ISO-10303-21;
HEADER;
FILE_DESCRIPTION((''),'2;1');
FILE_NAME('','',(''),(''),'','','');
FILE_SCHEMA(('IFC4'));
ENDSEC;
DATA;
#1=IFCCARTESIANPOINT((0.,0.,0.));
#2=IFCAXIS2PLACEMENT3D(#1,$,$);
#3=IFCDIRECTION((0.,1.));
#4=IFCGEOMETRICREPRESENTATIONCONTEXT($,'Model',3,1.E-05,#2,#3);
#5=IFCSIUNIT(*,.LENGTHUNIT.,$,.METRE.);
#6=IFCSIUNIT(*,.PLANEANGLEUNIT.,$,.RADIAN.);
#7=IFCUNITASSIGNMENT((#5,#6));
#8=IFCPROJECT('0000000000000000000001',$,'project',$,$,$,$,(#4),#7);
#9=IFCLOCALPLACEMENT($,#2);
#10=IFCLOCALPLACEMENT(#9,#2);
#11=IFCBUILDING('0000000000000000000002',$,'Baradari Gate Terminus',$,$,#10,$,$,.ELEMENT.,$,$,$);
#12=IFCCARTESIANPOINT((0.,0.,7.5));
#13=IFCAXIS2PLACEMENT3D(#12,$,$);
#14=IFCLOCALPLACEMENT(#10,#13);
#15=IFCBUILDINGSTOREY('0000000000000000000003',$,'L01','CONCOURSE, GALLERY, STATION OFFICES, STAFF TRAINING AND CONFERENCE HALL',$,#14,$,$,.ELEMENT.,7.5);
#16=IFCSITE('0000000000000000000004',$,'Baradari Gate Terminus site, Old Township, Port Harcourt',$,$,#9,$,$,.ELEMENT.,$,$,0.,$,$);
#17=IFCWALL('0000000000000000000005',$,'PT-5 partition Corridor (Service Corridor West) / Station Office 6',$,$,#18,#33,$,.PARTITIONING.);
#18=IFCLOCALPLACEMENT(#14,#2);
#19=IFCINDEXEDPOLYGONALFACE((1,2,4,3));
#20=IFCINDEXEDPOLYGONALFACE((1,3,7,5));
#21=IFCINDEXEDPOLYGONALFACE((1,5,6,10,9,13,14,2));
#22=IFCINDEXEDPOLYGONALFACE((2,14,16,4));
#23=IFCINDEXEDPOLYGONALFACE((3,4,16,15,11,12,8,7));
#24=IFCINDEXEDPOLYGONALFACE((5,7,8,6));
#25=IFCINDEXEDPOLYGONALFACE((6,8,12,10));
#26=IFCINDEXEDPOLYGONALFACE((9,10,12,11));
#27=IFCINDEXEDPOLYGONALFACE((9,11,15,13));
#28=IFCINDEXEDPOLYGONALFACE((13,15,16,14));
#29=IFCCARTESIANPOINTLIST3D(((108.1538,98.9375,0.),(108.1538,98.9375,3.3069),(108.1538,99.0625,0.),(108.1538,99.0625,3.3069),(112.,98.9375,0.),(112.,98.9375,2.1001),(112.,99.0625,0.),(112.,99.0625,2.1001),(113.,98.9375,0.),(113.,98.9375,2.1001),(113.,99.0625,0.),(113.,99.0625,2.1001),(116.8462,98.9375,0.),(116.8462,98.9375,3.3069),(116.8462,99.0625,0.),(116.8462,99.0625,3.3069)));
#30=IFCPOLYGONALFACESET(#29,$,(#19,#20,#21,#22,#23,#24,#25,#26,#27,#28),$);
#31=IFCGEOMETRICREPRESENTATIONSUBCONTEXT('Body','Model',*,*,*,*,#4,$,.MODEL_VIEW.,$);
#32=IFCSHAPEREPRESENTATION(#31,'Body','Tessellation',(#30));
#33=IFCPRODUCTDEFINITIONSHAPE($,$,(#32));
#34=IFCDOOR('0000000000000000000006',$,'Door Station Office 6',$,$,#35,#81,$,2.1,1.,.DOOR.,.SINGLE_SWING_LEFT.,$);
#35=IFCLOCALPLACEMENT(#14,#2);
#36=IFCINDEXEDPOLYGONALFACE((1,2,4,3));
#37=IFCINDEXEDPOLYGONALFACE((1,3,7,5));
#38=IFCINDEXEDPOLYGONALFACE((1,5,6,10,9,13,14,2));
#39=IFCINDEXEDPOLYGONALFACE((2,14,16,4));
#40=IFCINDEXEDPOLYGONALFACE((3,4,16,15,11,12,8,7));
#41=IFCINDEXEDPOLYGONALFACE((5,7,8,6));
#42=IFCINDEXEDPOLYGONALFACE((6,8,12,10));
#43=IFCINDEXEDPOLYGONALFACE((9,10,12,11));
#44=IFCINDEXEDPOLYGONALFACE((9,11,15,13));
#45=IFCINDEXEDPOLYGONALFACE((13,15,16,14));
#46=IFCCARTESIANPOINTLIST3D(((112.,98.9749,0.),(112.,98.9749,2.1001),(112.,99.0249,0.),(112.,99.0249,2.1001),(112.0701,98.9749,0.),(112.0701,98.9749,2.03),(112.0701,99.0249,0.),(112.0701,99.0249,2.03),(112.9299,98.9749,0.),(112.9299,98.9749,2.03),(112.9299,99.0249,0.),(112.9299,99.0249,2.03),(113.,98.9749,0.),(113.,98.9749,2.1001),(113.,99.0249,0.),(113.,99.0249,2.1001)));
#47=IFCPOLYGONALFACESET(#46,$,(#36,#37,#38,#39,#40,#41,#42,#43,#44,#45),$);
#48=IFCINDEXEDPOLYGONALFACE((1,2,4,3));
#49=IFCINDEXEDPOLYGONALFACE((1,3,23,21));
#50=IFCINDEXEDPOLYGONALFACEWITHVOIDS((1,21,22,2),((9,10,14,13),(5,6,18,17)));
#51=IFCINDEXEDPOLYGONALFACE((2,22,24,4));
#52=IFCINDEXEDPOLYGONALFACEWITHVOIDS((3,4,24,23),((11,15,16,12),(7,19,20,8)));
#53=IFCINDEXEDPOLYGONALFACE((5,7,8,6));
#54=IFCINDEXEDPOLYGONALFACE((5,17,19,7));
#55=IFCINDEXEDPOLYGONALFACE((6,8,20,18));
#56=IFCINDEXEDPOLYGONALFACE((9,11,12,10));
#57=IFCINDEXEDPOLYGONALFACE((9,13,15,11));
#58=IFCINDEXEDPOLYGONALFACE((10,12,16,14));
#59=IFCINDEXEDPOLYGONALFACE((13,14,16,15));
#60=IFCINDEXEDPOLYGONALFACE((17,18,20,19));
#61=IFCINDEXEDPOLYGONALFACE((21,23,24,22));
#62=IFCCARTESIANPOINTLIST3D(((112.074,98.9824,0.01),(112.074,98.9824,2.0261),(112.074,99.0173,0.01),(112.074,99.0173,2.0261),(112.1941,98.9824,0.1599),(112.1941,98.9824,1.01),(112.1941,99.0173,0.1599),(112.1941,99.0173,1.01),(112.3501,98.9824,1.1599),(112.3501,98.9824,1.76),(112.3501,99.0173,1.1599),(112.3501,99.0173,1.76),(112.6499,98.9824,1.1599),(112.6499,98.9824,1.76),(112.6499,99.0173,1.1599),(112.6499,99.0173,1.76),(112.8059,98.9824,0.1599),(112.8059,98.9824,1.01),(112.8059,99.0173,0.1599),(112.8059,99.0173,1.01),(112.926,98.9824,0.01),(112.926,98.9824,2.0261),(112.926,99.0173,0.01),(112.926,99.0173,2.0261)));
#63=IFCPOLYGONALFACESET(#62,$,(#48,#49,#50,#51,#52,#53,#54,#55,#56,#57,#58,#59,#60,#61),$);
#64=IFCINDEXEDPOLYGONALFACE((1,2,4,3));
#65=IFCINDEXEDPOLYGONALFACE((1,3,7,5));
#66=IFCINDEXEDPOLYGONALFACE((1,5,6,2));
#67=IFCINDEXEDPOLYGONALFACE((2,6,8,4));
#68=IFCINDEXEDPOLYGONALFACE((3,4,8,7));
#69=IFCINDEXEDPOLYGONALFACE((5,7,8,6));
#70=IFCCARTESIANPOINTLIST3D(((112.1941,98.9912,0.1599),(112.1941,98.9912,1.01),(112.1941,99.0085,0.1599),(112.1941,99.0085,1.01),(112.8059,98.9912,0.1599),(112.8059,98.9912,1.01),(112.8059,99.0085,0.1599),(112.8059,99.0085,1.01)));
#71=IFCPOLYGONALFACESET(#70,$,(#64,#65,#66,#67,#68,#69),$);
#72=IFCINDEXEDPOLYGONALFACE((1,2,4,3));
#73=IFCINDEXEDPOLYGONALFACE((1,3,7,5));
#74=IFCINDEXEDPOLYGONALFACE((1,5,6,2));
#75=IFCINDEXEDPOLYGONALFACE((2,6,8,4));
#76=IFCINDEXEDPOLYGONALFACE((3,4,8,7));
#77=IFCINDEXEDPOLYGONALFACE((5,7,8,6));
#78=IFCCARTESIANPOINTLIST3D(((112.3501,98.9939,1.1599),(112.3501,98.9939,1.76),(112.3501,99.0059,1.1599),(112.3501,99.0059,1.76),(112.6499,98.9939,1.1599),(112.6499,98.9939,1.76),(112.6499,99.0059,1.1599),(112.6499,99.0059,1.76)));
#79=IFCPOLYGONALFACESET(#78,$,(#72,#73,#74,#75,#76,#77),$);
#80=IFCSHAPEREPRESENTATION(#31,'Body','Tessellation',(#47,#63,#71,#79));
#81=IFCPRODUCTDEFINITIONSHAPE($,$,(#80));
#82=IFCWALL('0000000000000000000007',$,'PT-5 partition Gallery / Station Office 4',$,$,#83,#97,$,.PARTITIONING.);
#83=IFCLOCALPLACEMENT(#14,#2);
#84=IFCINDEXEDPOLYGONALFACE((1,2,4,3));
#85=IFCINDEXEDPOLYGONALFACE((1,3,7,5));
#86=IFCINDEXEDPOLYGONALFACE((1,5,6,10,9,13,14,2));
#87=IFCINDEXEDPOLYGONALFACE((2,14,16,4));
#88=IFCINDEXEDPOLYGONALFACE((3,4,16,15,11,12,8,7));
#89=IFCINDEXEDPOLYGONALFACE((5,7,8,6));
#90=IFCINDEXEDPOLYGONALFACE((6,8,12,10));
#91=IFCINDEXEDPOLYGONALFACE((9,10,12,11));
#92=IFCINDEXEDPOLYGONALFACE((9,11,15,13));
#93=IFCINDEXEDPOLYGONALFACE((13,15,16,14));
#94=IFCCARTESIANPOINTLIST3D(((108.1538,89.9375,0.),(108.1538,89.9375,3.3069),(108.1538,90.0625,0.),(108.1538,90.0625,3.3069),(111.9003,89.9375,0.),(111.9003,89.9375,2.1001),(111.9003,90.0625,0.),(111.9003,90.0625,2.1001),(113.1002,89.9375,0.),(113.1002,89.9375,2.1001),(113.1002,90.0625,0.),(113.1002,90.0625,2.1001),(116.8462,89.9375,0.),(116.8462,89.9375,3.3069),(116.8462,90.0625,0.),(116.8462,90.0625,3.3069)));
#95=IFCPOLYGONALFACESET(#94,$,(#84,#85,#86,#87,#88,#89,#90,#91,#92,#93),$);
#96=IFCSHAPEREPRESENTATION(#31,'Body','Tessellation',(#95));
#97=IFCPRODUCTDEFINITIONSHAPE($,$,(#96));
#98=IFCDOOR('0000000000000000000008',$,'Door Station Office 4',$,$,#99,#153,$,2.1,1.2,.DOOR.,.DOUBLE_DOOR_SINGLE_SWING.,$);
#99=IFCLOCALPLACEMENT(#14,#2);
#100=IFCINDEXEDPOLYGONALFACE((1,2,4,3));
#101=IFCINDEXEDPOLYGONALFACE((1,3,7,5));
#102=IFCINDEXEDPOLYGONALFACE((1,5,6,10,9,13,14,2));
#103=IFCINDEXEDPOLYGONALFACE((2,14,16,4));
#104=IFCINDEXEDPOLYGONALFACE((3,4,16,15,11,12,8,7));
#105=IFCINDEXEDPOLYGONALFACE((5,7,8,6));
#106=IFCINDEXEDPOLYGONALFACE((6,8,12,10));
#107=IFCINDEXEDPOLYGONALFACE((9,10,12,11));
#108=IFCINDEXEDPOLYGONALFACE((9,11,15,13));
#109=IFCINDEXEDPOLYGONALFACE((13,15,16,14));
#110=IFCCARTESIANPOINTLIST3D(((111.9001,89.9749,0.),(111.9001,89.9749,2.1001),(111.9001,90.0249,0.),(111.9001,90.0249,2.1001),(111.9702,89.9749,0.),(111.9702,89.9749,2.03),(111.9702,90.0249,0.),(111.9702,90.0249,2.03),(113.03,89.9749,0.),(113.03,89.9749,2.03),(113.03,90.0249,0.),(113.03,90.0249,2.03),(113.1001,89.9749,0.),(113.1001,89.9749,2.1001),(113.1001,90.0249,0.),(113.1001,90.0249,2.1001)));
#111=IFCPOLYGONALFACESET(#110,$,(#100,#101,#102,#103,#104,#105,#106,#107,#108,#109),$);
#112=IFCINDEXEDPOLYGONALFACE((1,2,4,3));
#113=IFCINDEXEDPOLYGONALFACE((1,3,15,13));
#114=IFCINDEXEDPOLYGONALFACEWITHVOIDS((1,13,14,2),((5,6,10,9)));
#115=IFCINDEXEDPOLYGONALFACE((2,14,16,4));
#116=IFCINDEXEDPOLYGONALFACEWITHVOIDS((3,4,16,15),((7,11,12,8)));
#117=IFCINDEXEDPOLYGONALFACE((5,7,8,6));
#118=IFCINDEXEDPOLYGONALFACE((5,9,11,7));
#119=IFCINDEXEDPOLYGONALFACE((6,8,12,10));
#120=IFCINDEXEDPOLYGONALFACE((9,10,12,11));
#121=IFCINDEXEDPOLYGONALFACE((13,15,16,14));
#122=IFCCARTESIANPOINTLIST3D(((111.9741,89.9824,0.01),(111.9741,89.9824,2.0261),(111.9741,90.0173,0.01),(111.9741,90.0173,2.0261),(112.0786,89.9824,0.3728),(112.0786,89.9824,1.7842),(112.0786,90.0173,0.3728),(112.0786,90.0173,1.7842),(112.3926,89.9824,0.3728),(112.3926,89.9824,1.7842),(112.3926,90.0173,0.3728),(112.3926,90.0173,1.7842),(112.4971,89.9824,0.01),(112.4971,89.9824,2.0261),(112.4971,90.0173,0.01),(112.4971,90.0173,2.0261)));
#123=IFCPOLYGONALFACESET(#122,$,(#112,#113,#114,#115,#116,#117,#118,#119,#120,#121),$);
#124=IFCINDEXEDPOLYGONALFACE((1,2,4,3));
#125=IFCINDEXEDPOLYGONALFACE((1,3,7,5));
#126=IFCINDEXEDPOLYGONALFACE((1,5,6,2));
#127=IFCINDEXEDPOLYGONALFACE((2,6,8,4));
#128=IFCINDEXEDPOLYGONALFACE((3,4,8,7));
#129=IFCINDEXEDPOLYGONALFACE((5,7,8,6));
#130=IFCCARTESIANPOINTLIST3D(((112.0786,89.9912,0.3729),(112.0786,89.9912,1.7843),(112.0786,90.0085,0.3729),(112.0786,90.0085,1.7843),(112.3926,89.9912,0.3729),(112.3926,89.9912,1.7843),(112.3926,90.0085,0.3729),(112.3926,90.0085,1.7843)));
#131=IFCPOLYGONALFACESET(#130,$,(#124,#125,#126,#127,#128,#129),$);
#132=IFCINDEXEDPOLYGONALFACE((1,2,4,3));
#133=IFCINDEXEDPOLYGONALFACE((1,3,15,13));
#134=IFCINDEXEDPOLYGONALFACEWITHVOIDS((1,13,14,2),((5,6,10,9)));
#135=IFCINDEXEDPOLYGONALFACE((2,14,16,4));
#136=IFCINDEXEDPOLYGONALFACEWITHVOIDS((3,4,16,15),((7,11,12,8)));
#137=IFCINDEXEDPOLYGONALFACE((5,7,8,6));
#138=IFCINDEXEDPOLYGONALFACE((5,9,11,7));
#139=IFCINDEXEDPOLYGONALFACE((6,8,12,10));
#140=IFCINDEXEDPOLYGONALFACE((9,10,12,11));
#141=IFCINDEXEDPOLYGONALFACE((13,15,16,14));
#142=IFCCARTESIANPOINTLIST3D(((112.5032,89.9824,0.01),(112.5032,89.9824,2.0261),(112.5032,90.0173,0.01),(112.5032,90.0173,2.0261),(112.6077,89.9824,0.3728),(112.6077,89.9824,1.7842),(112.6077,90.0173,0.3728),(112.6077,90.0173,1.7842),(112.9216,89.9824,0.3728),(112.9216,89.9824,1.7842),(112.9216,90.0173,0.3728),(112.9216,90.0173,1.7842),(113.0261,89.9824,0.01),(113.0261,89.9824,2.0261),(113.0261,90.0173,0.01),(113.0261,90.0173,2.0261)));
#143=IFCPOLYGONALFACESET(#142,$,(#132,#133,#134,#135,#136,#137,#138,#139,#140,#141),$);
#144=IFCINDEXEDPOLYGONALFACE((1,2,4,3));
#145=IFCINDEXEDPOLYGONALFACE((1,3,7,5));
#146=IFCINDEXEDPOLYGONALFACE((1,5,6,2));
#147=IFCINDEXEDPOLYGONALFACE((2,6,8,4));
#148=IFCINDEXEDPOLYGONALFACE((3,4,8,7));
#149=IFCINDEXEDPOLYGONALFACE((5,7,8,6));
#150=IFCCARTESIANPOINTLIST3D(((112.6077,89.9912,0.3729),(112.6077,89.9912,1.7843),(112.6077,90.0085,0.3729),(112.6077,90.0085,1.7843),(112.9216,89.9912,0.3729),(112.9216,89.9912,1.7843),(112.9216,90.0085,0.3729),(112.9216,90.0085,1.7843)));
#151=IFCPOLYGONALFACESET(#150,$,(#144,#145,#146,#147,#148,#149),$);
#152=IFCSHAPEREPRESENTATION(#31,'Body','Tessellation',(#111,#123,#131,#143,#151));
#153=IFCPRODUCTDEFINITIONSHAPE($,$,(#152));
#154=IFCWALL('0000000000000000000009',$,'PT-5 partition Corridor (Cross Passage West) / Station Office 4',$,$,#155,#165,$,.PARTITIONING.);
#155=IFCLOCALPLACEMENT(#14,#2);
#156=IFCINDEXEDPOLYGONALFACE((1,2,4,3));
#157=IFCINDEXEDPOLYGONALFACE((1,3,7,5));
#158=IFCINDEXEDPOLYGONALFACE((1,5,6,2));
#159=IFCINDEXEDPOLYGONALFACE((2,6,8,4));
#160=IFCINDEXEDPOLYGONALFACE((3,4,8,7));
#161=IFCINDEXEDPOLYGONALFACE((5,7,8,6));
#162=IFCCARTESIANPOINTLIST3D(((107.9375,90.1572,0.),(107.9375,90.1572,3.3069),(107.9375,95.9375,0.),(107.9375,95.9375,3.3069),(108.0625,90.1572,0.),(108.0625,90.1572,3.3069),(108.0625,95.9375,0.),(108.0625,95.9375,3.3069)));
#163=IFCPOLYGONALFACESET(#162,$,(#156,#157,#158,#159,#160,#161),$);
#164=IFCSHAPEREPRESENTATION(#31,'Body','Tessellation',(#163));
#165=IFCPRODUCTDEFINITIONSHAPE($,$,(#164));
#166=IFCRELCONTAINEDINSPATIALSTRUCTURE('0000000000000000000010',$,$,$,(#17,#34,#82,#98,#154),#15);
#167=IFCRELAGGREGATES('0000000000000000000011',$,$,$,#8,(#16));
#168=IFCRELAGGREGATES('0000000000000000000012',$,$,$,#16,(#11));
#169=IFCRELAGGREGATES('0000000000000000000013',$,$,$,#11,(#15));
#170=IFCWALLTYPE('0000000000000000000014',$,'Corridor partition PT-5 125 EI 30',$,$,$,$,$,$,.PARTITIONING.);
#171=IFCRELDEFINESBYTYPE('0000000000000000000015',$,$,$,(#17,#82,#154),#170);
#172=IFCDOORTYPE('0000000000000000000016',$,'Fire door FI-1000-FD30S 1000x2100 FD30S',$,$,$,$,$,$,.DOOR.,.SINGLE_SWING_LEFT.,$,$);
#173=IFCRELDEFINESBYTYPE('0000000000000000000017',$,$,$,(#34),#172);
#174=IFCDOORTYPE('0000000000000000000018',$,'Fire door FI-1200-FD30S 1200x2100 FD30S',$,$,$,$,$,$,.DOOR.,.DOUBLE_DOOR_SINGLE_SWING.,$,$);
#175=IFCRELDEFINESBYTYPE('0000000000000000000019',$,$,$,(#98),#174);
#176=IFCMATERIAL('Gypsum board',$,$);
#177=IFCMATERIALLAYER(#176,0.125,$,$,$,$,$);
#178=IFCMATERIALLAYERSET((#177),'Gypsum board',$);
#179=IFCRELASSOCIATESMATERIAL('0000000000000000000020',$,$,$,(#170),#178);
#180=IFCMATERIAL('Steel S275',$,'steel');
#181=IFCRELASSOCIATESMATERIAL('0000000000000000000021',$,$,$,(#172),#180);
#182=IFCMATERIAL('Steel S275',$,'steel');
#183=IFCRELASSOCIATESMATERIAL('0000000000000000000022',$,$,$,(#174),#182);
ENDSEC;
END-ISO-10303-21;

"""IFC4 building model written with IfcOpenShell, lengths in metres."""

from ifc_helpers import new_model, si_unit, direction, frame, frame_2d, origin, place, context, subcontext, project, spatial, polyline, rectangle, outline, extrude, material, layer, layer_set, type_object, element, fill, save


model = new_model("IFC4")

# Units and contexts
model_context = context("Model", 3, precision=1e-05, world=origin(), true_north=direction((0.0, 1.0)))
body_context = subcontext(model_context, "Body", "Model", "MODEL_VIEW")
ifc_project = project(units=[si_unit("LENGTHUNIT", "METRE"), si_unit("PLANEANGLEUNIT", "RADIAN")], contexts=[model_context])

# Site, building, storey
site_placement = place(None, origin())
site = spatial("IfcSite", under=ifc_project, at=site_placement, Name="Baradari Gate Terminus site, Old Township, Port Harcourt", CompositionType="ELEMENT", RefElevation=0.0)
building_placement = place(site_placement, origin())
building = spatial("IfcBuilding", under=site, at=building_placement, Name="Baradari Gate Terminus", CompositionType="ELEMENT")
storey_placement = place(building_placement, frame((0.0, 0.0, 7.5)))
storey = spatial("IfcBuildingStorey", under=building, at=storey_placement, Name="L01", Description="CONCOURSE, GALLERY, STATION OFFICES, STAFF TRAINING AND CONFERENCE HALL", CompositionType="ELEMENT", Elevation=7.5)

# Walls, openings, doors
ifc_material_1 = material(Name="Gypsum board")
ifc_layer = layer(ifc_material_1, 0.125)
ifc_layer_set = layer_set([ifc_layer], Name="Gypsum board")
wall_type = type_object("IfcWallType", Name="Corridor partition PT-5 125 EI 30", PredefinedType="PARTITIONING", material=ifc_layer_set)
wall_1_placement = place(storey_placement, frame((108.1538, 99.0, 0.0), z_axis=(0.0, 0.0, 1.0), x_axis=(1.0, 0.0, 0.0)))
wall_1 = element("IfcWall", 1, at=wall_1_placement, inside=storey, type_object=wall_type, Name="PT-5 partition Corridor (Service Corridor West) / Station Office 6", PredefinedType="PARTITIONING", context=body_context, shape_type="SweptSolid", body=[
    extrude(rectangle(XDim=8.6924, YDim=0.125, at=frame_2d((4.3462, 0.0))), origin(), (0.0, 0.0, 1.0), 3.3069),
])
opening_1_placement = place(wall_1_placement, frame((3.8462, 0.0, 0.0)))
opening_1 = element("IfcOpeningElement", 2, at=opening_1_placement, cuts=wall_1, PredefinedType="OPENING", context=body_context, shape_type="SweptSolid", body=[
    extrude(rectangle(XDim=1.0, YDim=2.1001, at=frame_2d((0.5, 1.05))), frame((0.0, 0.0725, 0.0), z_axis=(0.0, -1.0, 0.0), x_axis=(1.0, 0.0, 0.0)), (0.0, 0.0, 1.0), 0.145),
])
ifc_material_2 = material(Name="Steel S275", Category="steel")
door_type_1 = type_object("IfcDoorType", Name="Fire door FI-1000-FD30S 1000x2100 FD30S", OperationType="SINGLE_SWING_LEFT", PredefinedType="DOOR", material=ifc_material_2)
door_1_placement = place(opening_1_placement, origin())
door_1 = element("IfcDoor", 3, at=door_1_placement, inside=storey, type_object=door_type_1, Name="Door Station Office 6", OperationType="SINGLE_SWING_LEFT", OverallHeight=2.1, OverallWidth=1.0, PredefinedType="DOOR", context=body_context, shape_type="SweptSolid", body=[
    extrude(outline(polyline([(0.0, 0.0), (0.0701, 0.0), (0.0701, 2.03), (0.9299, 2.03), (0.9299, 0.0), (1.0, 0.0), (1.0, 2.1001), (0.0, 2.1001), (0.0, 0.0)])), frame((0.0, 0.0249, 0.0), z_axis=(0.0, -1.0, 0.0), x_axis=(1.0, 0.0, 0.0)), (0.0, 0.0, 1.0), 0.05),
    extrude(outline(polyline([(0.074, 0.01), (0.926, 0.01), (0.926, 2.0261), (0.074, 2.0261), (0.074, 0.01)]), holes=[polyline([(0.1941, 0.1599), (0.8059, 0.1599), (0.8059, 1.01), (0.1941, 1.01), (0.1941, 0.1599)]), polyline([(0.3501, 1.1599), (0.6499, 1.1599), (0.6499, 1.76), (0.3501, 1.76), (0.3501, 1.1599)])]), frame((0.0, 0.0173, 0.0), z_axis=(0.0, -1.0, 0.0), x_axis=(1.0, 0.0, 0.0)), (0.0, 0.0, 1.0), 0.0349),
    extrude(rectangle(XDim=0.6118, YDim=0.8501, at=frame_2d((0.5, 0.585))), frame((0.0, 0.0085, 0.0), z_axis=(0.0, -1.0, 0.0), x_axis=(1.0, 0.0, 0.0)), (0.0, 0.0, 1.0), 0.0173),
    extrude(rectangle(XDim=0.2998, YDim=0.6001, at=frame_2d((0.5, 1.46))), frame((0.0, 0.0059, 0.0), z_axis=(0.0, -1.0, 0.0), x_axis=(1.0, 0.0, 0.0)), (0.0, 0.0, 1.0), 0.012),
])
fill(opening_1, door_1)
wall_2_placement = place(storey_placement, frame((108.1538, 90.0, 0.0), z_axis=(0.0, 0.0, 1.0), x_axis=(1.0, 0.0, 0.0)))
wall_2 = element("IfcWall", 4, at=wall_2_placement, inside=storey, type_object=wall_type, Name="PT-5 partition Gallery / Station Office 4", PredefinedType="PARTITIONING", context=body_context, shape_type="SweptSolid", body=[
    extrude(rectangle(XDim=8.6924, YDim=0.125, at=frame_2d((4.3462, 0.0))), origin(), (0.0, 0.0, 1.0), 3.3069),
])
opening_2_placement = place(wall_2_placement, frame((3.7463, 0.0, 0.0)))
opening_2 = element("IfcOpeningElement", 5, at=opening_2_placement, cuts=wall_2, PredefinedType="OPENING", context=body_context, shape_type="SweptSolid", body=[
    extrude(rectangle(XDim=1.2, YDim=2.1001, at=frame_2d((0.6001, 1.05))), frame((0.0, 0.0725, 0.0), z_axis=(0.0, -1.0, 0.0), x_axis=(1.0, 0.0, 0.0)), (0.0, 0.0, 1.0), 0.145),
])
ifc_material_3 = material(Name="Steel S275", Category="steel")
door_type_2 = type_object("IfcDoorType", Name="Fire door FI-1200-FD30S 1200x2100 FD30S", OperationType="DOUBLE_DOOR_SINGLE_SWING", PredefinedType="DOOR", material=ifc_material_3)
door_2_placement = place(opening_2_placement, origin())
door_2 = element("IfcDoor", 6, at=door_2_placement, inside=storey, type_object=door_type_2, Name="Door Station Office 4", OperationType="DOUBLE_DOOR_SINGLE_SWING", OverallHeight=2.1, OverallWidth=1.2, PredefinedType="DOOR", context=body_context, shape_type="SweptSolid", body=[
    extrude(outline(polyline([(0.0, 0.0), (0.0701, 0.0), (0.0701, 2.03), (1.1299, 2.03), (1.1299, 0.0), (1.2, 0.0), (1.2, 2.1001), (0.0, 2.1001), (0.0, 0.0)])), frame((0.0, 0.0249, 0.0), z_axis=(0.0, -1.0, 0.0), x_axis=(1.0, 0.0, 0.0)), (0.0, 0.0, 1.0), 0.05),
    extrude(outline(polyline([(0.074, 0.01), (0.5969, 0.01), (0.5969, 2.0261), (0.074, 2.0261), (0.074, 0.01)]), holes=[polyline([(0.1785, 0.3728), (0.4924, 0.3728), (0.4924, 1.7842), (0.1785, 1.7842), (0.1785, 0.3728)])]), frame((0.0, 0.0173, 0.0), z_axis=(0.0, -1.0, 0.0), x_axis=(1.0, 0.0, 0.0)), (0.0, 0.0, 1.0), 0.0349),
    extrude(rectangle(XDim=0.314, YDim=1.4114, at=frame_2d((0.3354, 1.0786))), frame((0.0, 0.0085, 0.0), z_axis=(0.0, -1.0, 0.0), x_axis=(1.0, 0.0, 0.0)), (0.0, 0.0, 1.0), 0.0173),
    extrude(outline(polyline([(0.603, 0.01), (1.126, 0.01), (1.126, 2.0261), (0.603, 2.0261), (0.603, 0.01)]), holes=[polyline([(0.7075, 0.3728), (1.0215, 0.3728), (1.0215, 1.7842), (0.7075, 1.7842), (0.7075, 0.3728)])]), frame((0.0, 0.0173, 0.0), z_axis=(0.0, -1.0, 0.0), x_axis=(1.0, 0.0, 0.0)), (0.0, 0.0, 1.0), 0.0349),
    extrude(rectangle(XDim=0.314, YDim=1.4114, at=frame_2d((0.8645, 1.0786))), frame((0.0, 0.0085, 0.0), z_axis=(0.0, -1.0, 0.0), x_axis=(1.0, 0.0, 0.0)), (0.0, 0.0, 1.0), 0.0173),
])
fill(opening_2, door_2)

# Wall
wall_3_placement = place(storey_placement, frame((108.0, 95.9375, 0.0), z_axis=(0.0, 0.0, 1.0), x_axis=(0.0, -1.0, 0.0)))
element("IfcWall", 7, at=wall_3_placement, inside=storey, type_object=wall_type, Name="PT-5 partition Corridor (Cross Passage West) / Station Office 4", PredefinedType="PARTITIONING", context=body_context, shape_type="SweptSolid", body=[
    extrude(rectangle(XDim=5.7803, YDim=0.125, at=frame_2d((2.8901, 0.0))), origin(), (0.0, 0.0, 1.0), 3.3069),
])

save(model, "model.ifc")
